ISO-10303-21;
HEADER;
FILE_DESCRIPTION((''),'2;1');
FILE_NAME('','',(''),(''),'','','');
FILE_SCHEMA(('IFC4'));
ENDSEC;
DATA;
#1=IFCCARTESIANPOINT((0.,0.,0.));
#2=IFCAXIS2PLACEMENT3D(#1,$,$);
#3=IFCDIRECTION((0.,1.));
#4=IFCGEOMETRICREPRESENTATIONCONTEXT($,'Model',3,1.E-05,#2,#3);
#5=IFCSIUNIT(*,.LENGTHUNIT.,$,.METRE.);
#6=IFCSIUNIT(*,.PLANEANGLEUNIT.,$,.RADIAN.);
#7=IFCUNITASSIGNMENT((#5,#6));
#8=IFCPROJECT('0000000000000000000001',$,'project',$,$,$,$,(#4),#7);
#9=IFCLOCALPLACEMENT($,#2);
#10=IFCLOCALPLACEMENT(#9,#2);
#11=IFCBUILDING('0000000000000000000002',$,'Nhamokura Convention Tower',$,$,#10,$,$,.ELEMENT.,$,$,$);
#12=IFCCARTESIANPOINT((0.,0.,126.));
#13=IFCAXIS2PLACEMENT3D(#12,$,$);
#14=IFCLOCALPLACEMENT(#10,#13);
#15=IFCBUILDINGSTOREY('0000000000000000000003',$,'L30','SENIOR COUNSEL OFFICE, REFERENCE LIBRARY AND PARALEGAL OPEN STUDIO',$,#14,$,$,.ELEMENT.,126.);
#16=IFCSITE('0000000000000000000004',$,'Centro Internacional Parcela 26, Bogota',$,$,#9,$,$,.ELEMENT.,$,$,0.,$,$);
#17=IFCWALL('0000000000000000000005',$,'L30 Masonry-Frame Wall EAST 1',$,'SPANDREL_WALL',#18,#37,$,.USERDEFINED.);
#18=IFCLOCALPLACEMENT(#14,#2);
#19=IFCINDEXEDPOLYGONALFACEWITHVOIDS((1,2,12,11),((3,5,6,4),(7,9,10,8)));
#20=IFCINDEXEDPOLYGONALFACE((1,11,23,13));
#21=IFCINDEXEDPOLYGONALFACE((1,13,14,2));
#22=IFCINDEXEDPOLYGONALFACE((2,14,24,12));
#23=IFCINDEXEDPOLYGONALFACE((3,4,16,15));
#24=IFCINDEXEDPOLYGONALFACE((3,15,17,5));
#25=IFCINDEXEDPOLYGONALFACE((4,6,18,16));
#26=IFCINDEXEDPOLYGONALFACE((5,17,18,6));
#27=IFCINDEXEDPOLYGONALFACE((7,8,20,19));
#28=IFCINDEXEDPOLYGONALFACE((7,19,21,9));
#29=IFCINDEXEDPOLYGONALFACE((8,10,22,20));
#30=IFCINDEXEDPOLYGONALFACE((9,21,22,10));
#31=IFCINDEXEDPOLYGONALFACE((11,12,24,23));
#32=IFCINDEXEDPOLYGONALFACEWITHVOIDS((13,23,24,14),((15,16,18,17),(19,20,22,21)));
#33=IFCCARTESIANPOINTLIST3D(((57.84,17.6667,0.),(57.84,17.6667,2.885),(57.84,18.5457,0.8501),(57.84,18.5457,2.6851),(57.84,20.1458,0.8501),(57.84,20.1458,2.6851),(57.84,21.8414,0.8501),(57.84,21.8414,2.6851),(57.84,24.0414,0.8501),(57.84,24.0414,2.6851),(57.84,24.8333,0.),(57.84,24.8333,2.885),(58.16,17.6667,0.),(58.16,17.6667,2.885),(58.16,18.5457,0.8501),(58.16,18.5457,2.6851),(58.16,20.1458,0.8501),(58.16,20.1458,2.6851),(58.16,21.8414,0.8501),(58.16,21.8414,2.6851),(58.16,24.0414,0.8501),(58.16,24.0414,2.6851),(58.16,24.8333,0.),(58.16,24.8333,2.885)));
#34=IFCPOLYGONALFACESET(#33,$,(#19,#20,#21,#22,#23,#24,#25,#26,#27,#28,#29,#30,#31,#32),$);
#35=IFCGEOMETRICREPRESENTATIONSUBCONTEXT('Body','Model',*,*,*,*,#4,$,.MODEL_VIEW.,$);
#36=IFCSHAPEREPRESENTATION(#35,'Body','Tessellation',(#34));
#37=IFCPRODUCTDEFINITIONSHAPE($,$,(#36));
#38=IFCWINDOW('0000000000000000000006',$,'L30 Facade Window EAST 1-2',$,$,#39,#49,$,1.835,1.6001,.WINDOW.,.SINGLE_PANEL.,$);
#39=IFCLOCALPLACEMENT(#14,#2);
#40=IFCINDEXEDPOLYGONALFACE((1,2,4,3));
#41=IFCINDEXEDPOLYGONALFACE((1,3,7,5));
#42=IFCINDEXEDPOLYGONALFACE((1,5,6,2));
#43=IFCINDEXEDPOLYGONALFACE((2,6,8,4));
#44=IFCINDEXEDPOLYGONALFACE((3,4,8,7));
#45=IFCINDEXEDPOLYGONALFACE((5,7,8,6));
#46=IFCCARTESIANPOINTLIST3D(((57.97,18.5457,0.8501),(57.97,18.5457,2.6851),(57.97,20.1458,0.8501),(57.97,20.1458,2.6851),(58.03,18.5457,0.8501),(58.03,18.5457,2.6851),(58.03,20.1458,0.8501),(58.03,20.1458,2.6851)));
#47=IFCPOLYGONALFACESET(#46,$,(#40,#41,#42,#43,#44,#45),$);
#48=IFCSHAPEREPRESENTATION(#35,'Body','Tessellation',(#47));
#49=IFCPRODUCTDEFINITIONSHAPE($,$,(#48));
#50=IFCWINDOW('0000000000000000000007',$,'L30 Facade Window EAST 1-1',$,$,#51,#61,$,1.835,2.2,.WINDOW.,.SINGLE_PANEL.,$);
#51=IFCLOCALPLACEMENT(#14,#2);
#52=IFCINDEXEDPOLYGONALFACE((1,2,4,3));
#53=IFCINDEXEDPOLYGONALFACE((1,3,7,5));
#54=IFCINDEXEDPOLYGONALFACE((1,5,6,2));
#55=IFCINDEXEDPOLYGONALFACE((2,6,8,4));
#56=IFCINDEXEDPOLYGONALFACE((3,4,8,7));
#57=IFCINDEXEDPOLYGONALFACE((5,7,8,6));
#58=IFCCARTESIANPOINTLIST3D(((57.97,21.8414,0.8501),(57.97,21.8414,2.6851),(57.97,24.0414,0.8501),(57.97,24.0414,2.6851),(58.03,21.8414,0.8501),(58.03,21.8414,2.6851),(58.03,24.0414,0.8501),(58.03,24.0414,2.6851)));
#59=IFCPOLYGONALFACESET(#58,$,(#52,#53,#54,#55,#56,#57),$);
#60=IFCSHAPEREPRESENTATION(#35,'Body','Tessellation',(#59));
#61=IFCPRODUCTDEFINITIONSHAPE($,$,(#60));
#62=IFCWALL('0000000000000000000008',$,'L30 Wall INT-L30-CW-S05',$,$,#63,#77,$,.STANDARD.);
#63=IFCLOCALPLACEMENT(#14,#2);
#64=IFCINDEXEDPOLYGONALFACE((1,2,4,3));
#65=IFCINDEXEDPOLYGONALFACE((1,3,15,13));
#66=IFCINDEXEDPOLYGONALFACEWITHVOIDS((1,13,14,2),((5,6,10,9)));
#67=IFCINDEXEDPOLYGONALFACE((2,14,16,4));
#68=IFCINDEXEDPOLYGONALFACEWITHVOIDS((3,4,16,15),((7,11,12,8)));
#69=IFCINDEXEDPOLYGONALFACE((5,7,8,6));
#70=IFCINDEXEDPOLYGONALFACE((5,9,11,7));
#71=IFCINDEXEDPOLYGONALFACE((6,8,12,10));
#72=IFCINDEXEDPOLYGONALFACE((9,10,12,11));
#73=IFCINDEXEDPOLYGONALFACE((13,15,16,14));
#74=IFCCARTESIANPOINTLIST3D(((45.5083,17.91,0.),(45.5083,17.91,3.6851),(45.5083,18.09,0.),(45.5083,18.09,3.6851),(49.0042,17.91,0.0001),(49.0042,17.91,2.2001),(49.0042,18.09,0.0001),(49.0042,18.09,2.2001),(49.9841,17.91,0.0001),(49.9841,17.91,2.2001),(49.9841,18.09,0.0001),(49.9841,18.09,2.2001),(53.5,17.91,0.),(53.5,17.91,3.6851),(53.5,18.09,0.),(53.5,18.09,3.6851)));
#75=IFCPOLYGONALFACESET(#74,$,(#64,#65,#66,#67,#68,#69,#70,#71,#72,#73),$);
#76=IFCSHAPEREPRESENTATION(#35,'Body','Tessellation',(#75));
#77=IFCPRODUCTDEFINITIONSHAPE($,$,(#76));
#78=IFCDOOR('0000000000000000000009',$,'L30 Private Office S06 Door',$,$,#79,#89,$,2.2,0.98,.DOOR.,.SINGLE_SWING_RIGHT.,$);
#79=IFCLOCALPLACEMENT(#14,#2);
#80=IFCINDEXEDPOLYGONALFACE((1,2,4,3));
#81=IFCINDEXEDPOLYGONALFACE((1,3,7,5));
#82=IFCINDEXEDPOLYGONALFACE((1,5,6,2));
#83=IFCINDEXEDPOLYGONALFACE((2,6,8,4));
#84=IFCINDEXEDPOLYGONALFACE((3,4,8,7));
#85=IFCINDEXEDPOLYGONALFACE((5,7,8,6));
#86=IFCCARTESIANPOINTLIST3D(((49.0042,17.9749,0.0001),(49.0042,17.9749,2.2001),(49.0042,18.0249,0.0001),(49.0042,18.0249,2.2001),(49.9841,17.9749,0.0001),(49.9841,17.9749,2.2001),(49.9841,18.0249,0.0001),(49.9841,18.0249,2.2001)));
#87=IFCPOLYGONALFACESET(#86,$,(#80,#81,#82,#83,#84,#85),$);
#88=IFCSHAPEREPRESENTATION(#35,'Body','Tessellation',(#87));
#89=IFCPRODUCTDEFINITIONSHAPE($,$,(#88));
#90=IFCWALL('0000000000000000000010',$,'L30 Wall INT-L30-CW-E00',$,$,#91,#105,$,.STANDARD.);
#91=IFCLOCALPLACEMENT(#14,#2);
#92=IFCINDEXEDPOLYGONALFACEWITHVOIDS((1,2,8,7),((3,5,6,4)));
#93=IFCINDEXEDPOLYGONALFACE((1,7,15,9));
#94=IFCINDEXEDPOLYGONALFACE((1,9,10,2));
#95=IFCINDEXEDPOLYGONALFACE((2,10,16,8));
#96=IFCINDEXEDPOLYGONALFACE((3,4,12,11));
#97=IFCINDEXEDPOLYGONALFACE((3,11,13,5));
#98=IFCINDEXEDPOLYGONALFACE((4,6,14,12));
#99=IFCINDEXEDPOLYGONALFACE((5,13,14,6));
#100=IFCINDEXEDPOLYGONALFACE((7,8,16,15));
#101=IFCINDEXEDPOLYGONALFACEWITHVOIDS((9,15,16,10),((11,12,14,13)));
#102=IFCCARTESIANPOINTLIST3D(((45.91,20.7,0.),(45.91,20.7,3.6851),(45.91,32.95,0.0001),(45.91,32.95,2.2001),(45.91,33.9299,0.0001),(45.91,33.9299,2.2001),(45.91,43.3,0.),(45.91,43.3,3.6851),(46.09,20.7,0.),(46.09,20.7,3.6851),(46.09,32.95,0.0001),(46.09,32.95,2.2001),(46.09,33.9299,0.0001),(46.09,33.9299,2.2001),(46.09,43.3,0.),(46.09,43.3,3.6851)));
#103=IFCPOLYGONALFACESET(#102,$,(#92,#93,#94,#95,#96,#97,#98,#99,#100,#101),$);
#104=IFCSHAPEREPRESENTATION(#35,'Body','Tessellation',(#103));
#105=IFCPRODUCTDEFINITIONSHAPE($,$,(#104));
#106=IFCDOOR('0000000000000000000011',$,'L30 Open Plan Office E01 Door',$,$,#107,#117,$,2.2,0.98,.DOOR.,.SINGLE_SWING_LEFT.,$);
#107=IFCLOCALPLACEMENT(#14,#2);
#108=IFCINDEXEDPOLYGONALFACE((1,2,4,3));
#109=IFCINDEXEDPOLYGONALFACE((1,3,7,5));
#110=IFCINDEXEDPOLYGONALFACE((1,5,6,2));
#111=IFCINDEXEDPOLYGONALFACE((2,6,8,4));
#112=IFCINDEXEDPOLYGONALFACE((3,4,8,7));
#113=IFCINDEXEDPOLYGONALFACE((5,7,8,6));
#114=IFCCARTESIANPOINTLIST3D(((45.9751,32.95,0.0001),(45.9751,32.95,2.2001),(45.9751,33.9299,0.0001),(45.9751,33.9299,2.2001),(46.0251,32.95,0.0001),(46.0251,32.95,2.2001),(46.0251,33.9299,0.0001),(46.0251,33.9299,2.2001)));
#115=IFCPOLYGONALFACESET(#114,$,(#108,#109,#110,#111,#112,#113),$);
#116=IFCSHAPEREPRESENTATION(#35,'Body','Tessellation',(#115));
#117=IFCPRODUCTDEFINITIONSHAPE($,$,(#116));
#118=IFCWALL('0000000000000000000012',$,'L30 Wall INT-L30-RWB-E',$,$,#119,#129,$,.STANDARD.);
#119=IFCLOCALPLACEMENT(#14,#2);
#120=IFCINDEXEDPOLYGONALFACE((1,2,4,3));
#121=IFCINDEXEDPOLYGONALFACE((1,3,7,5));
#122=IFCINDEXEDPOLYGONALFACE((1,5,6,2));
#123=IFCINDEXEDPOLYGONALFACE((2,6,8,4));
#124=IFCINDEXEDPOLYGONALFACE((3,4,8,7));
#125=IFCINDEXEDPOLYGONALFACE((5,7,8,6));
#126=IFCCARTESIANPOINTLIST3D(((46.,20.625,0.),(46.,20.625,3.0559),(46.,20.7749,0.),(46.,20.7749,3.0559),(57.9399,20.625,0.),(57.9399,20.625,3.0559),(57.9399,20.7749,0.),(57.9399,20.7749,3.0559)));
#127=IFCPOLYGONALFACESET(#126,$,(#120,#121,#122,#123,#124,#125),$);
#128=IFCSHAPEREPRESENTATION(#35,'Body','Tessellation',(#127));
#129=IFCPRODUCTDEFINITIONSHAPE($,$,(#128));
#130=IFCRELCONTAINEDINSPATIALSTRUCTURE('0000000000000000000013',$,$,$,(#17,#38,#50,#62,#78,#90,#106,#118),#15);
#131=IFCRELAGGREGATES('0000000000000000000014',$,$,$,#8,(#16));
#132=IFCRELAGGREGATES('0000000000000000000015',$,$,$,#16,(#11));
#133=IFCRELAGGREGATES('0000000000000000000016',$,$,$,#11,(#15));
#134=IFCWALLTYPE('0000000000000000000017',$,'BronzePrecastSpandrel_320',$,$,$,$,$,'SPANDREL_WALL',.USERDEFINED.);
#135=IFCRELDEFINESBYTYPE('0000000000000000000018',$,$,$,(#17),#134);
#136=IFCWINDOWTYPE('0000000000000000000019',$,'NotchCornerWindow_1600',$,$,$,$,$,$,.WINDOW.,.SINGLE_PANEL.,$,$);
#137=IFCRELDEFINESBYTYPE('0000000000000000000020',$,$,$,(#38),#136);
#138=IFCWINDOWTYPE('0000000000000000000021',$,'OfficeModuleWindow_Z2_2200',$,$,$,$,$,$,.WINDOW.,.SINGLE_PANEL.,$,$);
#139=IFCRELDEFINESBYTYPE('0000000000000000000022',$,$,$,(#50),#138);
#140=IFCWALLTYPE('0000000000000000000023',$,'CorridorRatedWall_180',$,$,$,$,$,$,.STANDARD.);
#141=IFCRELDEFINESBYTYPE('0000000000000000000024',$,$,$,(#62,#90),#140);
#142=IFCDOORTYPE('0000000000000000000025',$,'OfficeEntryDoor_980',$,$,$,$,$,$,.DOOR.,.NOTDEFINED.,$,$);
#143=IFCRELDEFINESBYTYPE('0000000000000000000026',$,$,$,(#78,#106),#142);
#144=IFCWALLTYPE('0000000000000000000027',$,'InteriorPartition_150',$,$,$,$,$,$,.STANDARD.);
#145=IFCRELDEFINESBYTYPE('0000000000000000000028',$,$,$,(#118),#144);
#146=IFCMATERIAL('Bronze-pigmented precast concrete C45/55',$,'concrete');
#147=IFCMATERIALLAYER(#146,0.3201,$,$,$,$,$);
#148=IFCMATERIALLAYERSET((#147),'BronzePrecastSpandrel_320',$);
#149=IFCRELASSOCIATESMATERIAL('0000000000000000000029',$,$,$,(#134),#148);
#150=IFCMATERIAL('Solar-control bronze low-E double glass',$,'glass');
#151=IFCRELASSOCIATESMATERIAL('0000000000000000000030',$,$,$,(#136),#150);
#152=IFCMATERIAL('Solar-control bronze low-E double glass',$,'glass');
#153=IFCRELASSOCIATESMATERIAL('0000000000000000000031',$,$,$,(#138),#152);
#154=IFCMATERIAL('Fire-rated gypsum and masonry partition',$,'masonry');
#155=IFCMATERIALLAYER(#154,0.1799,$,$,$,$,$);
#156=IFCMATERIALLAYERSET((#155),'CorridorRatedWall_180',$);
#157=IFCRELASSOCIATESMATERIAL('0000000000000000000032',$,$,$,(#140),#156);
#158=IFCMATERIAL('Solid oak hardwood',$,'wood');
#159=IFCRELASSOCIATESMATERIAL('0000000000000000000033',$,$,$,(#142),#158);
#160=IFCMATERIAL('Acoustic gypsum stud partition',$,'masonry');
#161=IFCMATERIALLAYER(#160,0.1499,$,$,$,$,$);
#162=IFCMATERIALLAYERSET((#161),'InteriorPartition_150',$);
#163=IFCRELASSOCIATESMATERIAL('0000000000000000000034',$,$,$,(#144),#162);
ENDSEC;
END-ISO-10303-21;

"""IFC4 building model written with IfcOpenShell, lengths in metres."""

from ifc_helpers import new_model, si_unit, direction, frame, frame_2d, origin, place, context, subcontext, project, spatial, rectangle, extrude, material, layer, layer_set, type_object, element, fill, save


model = new_model("IFC4")

# Units and contexts
model_context = context("Model", 3, precision=1e-05, world=origin(), true_north=direction((0.0, 1.0)))
body_context = subcontext(model_context, "Body", "Model", "MODEL_VIEW")
ifc_project = project(units=[si_unit("LENGTHUNIT", "METRE"), si_unit("PLANEANGLEUNIT", "RADIAN")], contexts=[model_context])

# Site, building, storey
site_placement = place(None, origin())
site = spatial("IfcSite", under=ifc_project, at=site_placement, Name="Centro Internacional Parcela 26, Bogota", CompositionType="ELEMENT", RefElevation=0.0)
building_placement = place(site_placement, origin())
building = spatial("IfcBuilding", under=site, at=building_placement, Name="Nhamokura Convention Tower", CompositionType="ELEMENT")
storey_placement = place(building_placement, frame((0.0, 0.0, 126.0)))
storey = spatial("IfcBuildingStorey", under=building, at=storey_placement, Name="L30", Description="SENIOR COUNSEL OFFICE, REFERENCE LIBRARY AND PARALEGAL OPEN STUDIO", CompositionType="ELEMENT", Elevation=126.0)

# Shared definitions
ifc_material_1 = material(Name="Bronze-pigmented precast concrete C45/55", Category="concrete")
ifc_layer_1 = layer(ifc_material_1, 0.3201)
ifc_layer_set_1 = layer_set([ifc_layer_1], Name="BronzePrecastSpandrel_320")
wall_type_1 = type_object("IfcWallType", Name="BronzePrecastSpandrel_320", ElementType="SPANDREL_WALL", PredefinedType="USERDEFINED", material=ifc_layer_set_1)

# Wall, openings, windows
wall_1_placement = place(storey_placement, frame((58.0, 24.8333, 0.0), z_axis=(0.0, 0.0, 1.0), x_axis=(0.0, -1.0, 0.0)))
wall_1 = element("IfcWall", 1, at=wall_1_placement, inside=storey, type_object=wall_type_1, Name="L30 Masonry-Frame Wall EAST 1", ObjectType="SPANDREL_WALL", PredefinedType="USERDEFINED", context=body_context, shape_type="SweptSolid", body=[
    extrude(rectangle(XDim=7.1665, YDim=0.3201, at=frame_2d((3.5833, 0.0))), origin(), (0.0, 0.0, 1.0), 2.885),
])
opening_1_placement = place(wall_1_placement, frame((0.7917, 0.0, 0.8501)))
opening_1 = element("IfcOpeningElement", 2, at=opening_1_placement, cuts=wall_1, PredefinedType="OPENING", context=body_context, shape_type="SweptSolid", body=[
    extrude(rectangle(XDim=2.2, YDim=1.835, at=frame_2d((1.1001, 0.9175))), frame((0.0, 0.1699, 0.0), z_axis=(0.0, -1.0, 0.0), x_axis=(1.0, 0.0, 0.0)), (0.0, 0.0, 1.0), 0.3401),
])
opening_2_placement = place(wall_1_placement, frame((4.6875, 0.0, 0.8501)))
opening_2 = element("IfcOpeningElement", 3, at=opening_2_placement, cuts=wall_1, PredefinedType="OPENING", context=body_context, shape_type="SweptSolid", body=[
    extrude(rectangle(XDim=1.6001, YDim=1.835, at=frame_2d((0.8, 0.9175))), frame((0.0, 0.1699, 0.0), z_axis=(0.0, -1.0, 0.0), x_axis=(1.0, 0.0, 0.0)), (0.0, 0.0, 1.0), 0.3401),
])
ifc_material_2 = material(Name="Solar-control bronze low-E double glass", Category="glass")
window_type_1 = type_object("IfcWindowType", Name="NotchCornerWindow_1600", PartitioningType="SINGLE_PANEL", PredefinedType="WINDOW", material=ifc_material_2)
window_1_placement = place(opening_2_placement, origin())
window_1 = element("IfcWindow", 4, at=window_1_placement, inside=storey, type_object=window_type_1, Name="L30 Facade Window EAST 1-2", OverallHeight=1.835, OverallWidth=1.6001, PartitioningType="SINGLE_PANEL", PredefinedType="WINDOW", context=body_context, shape_type="SweptSolid", body=[
    extrude(rectangle(XDim=1.6001, YDim=1.835, at=frame_2d((0.8, 0.9175))), frame((0.0, 0.03, 0.0), z_axis=(0.0, -1.0, 0.0), x_axis=(1.0, 0.0, 0.0)), (0.0, 0.0, 1.0), 0.0601),
])
fill(opening_2, window_1)
ifc_material_3 = material(Name="Solar-control bronze low-E double glass", Category="glass")
window_type_2 = type_object("IfcWindowType", Name="OfficeModuleWindow_Z2_2200", PartitioningType="SINGLE_PANEL", PredefinedType="WINDOW", material=ifc_material_3)
window_2_placement = place(opening_1_placement, origin())
window_2 = element("IfcWindow", 5, at=window_2_placement, inside=storey, type_object=window_type_2, Name="L30 Facade Window EAST 1-1", OverallHeight=1.835, OverallWidth=2.2, PartitioningType="SINGLE_PANEL", PredefinedType="WINDOW", context=body_context, shape_type="SweptSolid", body=[
    extrude(rectangle(XDim=2.2, YDim=1.835, at=frame_2d((1.1001, 0.9175))), frame((0.0, 0.03, 0.0), z_axis=(0.0, -1.0, 0.0), x_axis=(1.0, 0.0, 0.0)), (0.0, 0.0, 1.0), 0.0601),
])
fill(opening_1, window_2)

# Walls, openings, doors
ifc_material_4 = material(Name="Fire-rated gypsum and masonry partition", Category="masonry")
ifc_layer_2 = layer(ifc_material_4, 0.1799)
ifc_layer_set_2 = layer_set([ifc_layer_2], Name="CorridorRatedWall_180")
wall_type_2 = type_object("IfcWallType", Name="CorridorRatedWall_180", PredefinedType="STANDARD", material=ifc_layer_set_2)
wall_2_placement = place(storey_placement, frame((45.5083, 18.0, 0.0), z_axis=(0.0, 0.0, 1.0), x_axis=(1.0, 0.0, 0.0)))
wall_2 = element("IfcWall", 6, at=wall_2_placement, inside=storey, type_object=wall_type_2, Name="L30 Wall INT-L30-CW-S05", PredefinedType="STANDARD", context=body_context, shape_type="SweptSolid", body=[
    extrude(rectangle(XDim=7.9917, YDim=0.1799, at=frame_2d((3.9958, 0.0))), origin(), (0.0, 0.0, 1.0), 3.6851),
])
opening_3_placement = place(wall_2_placement, frame((3.4958, 0.0, 0.0)))
opening_3 = element("IfcOpeningElement", 7, at=opening_3_placement, cuts=wall_2, PredefinedType="OPENING", context=body_context, shape_type="SweptSolid", body=[
    extrude(rectangle(XDim=0.98, YDim=2.2, at=frame_2d((0.49, 1.1001))), frame((0.0, 0.0999, 0.0), z_axis=(0.0, -1.0, 0.0), x_axis=(1.0, 0.0, 0.0)), (0.0, 0.0, 1.0), 0.2),
])
ifc_material_5 = material(Name="Solid oak hardwood", Category="wood")
door_type_1 = type_object("IfcDoorType", Name="OfficeEntryDoor_980", OperationType="NOTDEFINED", PredefinedType="DOOR", material=ifc_material_5)
door_1_placement = place(opening_3_placement, origin())
door_1 = element("IfcDoor", 8, at=door_1_placement, inside=storey, type_object=door_type_1, Name="L30 Private Office S06 Door", OperationType="SINGLE_SWING_RIGHT", OverallHeight=2.2, OverallWidth=0.98, PredefinedType="DOOR", context=body_context, shape_type="SweptSolid", body=[
    extrude(rectangle(XDim=0.98, YDim=2.2, at=frame_2d((0.49, 1.1001))), frame((0.0, 0.0249, 0.0), z_axis=(0.0, -1.0, 0.0), x_axis=(1.0, 0.0, 0.0)), (0.0, 0.0, 1.0), 0.05),
])
fill(opening_3, door_1)
wall_3_placement = place(storey_placement, frame((46.0, 20.7, 0.0), z_axis=(0.0, 0.0, 1.0), x_axis=(0.0, 1.0, 0.0)))
wall_3 = element("IfcWall", 9, at=wall_3_placement, inside=storey, type_object=wall_type_2, Name="L30 Wall INT-L30-CW-E00", PredefinedType="STANDARD", context=body_context, shape_type="SweptSolid", body=[
    extrude(rectangle(XDim=22.6001, YDim=0.1799, at=frame_2d((11.3, 0.0))), origin(), (0.0, 0.0, 1.0), 3.6851),
])
opening_4_placement = place(wall_3_placement, frame((12.25, 0.0, 0.0)))
opening_4 = element("IfcOpeningElement", 10, at=opening_4_placement, cuts=wall_3, PredefinedType="OPENING", context=body_context, shape_type="SweptSolid", body=[
    extrude(rectangle(XDim=0.98, YDim=2.2, at=frame_2d((0.49, 1.1001))), frame((0.0, 0.0999, 0.0), z_axis=(0.0, -1.0, 0.0), x_axis=(1.0, 0.0, 0.0)), (0.0, 0.0, 1.0), 0.2),
])
door_2_placement = place(opening_4_placement, origin())
door_2 = element("IfcDoor", 11, at=door_2_placement, inside=storey, type_object=door_type_1, Name="L30 Open Plan Office E01 Door", OperationType="SINGLE_SWING_LEFT", OverallHeight=2.2, OverallWidth=0.98, PredefinedType="DOOR", context=body_context, shape_type="SweptSolid", body=[
    extrude(rectangle(XDim=0.98, YDim=2.2, at=frame_2d((0.49, 1.1001))), frame((0.0, 0.0249, 0.0), z_axis=(0.0, -1.0, 0.0), x_axis=(1.0, 0.0, 0.0)), (0.0, 0.0, 1.0), 0.05),
])
fill(opening_4, door_2)

# Wall
ifc_material_6 = material(Name="Acoustic gypsum stud partition", Category="masonry")
ifc_layer_3 = layer(ifc_material_6, 0.1499)
ifc_layer_set_3 = layer_set([ifc_layer_3], Name="InteriorPartition_150")
wall_type_3 = type_object("IfcWallType", Name="InteriorPartition_150", PredefinedType="STANDARD", material=ifc_layer_set_3)
wall_4_placement = place(storey_placement, frame((46.0, 20.7, 0.0), z_axis=(0.0, 0.0, 1.0), x_axis=(1.0, 0.0, 0.0)))
element("IfcWall", 12, at=wall_4_placement, inside=storey, type_object=wall_type_3, Name="L30 Wall INT-L30-RWB-E", PredefinedType="STANDARD", context=body_context, shape_type="SweptSolid", body=[
    extrude(rectangle(XDim=11.9399, YDim=0.1499, at=frame_2d((5.97, 0.0))), origin(), (0.0, 0.0, 1.0), 3.0559),
])

save(model, "model.ifc")
